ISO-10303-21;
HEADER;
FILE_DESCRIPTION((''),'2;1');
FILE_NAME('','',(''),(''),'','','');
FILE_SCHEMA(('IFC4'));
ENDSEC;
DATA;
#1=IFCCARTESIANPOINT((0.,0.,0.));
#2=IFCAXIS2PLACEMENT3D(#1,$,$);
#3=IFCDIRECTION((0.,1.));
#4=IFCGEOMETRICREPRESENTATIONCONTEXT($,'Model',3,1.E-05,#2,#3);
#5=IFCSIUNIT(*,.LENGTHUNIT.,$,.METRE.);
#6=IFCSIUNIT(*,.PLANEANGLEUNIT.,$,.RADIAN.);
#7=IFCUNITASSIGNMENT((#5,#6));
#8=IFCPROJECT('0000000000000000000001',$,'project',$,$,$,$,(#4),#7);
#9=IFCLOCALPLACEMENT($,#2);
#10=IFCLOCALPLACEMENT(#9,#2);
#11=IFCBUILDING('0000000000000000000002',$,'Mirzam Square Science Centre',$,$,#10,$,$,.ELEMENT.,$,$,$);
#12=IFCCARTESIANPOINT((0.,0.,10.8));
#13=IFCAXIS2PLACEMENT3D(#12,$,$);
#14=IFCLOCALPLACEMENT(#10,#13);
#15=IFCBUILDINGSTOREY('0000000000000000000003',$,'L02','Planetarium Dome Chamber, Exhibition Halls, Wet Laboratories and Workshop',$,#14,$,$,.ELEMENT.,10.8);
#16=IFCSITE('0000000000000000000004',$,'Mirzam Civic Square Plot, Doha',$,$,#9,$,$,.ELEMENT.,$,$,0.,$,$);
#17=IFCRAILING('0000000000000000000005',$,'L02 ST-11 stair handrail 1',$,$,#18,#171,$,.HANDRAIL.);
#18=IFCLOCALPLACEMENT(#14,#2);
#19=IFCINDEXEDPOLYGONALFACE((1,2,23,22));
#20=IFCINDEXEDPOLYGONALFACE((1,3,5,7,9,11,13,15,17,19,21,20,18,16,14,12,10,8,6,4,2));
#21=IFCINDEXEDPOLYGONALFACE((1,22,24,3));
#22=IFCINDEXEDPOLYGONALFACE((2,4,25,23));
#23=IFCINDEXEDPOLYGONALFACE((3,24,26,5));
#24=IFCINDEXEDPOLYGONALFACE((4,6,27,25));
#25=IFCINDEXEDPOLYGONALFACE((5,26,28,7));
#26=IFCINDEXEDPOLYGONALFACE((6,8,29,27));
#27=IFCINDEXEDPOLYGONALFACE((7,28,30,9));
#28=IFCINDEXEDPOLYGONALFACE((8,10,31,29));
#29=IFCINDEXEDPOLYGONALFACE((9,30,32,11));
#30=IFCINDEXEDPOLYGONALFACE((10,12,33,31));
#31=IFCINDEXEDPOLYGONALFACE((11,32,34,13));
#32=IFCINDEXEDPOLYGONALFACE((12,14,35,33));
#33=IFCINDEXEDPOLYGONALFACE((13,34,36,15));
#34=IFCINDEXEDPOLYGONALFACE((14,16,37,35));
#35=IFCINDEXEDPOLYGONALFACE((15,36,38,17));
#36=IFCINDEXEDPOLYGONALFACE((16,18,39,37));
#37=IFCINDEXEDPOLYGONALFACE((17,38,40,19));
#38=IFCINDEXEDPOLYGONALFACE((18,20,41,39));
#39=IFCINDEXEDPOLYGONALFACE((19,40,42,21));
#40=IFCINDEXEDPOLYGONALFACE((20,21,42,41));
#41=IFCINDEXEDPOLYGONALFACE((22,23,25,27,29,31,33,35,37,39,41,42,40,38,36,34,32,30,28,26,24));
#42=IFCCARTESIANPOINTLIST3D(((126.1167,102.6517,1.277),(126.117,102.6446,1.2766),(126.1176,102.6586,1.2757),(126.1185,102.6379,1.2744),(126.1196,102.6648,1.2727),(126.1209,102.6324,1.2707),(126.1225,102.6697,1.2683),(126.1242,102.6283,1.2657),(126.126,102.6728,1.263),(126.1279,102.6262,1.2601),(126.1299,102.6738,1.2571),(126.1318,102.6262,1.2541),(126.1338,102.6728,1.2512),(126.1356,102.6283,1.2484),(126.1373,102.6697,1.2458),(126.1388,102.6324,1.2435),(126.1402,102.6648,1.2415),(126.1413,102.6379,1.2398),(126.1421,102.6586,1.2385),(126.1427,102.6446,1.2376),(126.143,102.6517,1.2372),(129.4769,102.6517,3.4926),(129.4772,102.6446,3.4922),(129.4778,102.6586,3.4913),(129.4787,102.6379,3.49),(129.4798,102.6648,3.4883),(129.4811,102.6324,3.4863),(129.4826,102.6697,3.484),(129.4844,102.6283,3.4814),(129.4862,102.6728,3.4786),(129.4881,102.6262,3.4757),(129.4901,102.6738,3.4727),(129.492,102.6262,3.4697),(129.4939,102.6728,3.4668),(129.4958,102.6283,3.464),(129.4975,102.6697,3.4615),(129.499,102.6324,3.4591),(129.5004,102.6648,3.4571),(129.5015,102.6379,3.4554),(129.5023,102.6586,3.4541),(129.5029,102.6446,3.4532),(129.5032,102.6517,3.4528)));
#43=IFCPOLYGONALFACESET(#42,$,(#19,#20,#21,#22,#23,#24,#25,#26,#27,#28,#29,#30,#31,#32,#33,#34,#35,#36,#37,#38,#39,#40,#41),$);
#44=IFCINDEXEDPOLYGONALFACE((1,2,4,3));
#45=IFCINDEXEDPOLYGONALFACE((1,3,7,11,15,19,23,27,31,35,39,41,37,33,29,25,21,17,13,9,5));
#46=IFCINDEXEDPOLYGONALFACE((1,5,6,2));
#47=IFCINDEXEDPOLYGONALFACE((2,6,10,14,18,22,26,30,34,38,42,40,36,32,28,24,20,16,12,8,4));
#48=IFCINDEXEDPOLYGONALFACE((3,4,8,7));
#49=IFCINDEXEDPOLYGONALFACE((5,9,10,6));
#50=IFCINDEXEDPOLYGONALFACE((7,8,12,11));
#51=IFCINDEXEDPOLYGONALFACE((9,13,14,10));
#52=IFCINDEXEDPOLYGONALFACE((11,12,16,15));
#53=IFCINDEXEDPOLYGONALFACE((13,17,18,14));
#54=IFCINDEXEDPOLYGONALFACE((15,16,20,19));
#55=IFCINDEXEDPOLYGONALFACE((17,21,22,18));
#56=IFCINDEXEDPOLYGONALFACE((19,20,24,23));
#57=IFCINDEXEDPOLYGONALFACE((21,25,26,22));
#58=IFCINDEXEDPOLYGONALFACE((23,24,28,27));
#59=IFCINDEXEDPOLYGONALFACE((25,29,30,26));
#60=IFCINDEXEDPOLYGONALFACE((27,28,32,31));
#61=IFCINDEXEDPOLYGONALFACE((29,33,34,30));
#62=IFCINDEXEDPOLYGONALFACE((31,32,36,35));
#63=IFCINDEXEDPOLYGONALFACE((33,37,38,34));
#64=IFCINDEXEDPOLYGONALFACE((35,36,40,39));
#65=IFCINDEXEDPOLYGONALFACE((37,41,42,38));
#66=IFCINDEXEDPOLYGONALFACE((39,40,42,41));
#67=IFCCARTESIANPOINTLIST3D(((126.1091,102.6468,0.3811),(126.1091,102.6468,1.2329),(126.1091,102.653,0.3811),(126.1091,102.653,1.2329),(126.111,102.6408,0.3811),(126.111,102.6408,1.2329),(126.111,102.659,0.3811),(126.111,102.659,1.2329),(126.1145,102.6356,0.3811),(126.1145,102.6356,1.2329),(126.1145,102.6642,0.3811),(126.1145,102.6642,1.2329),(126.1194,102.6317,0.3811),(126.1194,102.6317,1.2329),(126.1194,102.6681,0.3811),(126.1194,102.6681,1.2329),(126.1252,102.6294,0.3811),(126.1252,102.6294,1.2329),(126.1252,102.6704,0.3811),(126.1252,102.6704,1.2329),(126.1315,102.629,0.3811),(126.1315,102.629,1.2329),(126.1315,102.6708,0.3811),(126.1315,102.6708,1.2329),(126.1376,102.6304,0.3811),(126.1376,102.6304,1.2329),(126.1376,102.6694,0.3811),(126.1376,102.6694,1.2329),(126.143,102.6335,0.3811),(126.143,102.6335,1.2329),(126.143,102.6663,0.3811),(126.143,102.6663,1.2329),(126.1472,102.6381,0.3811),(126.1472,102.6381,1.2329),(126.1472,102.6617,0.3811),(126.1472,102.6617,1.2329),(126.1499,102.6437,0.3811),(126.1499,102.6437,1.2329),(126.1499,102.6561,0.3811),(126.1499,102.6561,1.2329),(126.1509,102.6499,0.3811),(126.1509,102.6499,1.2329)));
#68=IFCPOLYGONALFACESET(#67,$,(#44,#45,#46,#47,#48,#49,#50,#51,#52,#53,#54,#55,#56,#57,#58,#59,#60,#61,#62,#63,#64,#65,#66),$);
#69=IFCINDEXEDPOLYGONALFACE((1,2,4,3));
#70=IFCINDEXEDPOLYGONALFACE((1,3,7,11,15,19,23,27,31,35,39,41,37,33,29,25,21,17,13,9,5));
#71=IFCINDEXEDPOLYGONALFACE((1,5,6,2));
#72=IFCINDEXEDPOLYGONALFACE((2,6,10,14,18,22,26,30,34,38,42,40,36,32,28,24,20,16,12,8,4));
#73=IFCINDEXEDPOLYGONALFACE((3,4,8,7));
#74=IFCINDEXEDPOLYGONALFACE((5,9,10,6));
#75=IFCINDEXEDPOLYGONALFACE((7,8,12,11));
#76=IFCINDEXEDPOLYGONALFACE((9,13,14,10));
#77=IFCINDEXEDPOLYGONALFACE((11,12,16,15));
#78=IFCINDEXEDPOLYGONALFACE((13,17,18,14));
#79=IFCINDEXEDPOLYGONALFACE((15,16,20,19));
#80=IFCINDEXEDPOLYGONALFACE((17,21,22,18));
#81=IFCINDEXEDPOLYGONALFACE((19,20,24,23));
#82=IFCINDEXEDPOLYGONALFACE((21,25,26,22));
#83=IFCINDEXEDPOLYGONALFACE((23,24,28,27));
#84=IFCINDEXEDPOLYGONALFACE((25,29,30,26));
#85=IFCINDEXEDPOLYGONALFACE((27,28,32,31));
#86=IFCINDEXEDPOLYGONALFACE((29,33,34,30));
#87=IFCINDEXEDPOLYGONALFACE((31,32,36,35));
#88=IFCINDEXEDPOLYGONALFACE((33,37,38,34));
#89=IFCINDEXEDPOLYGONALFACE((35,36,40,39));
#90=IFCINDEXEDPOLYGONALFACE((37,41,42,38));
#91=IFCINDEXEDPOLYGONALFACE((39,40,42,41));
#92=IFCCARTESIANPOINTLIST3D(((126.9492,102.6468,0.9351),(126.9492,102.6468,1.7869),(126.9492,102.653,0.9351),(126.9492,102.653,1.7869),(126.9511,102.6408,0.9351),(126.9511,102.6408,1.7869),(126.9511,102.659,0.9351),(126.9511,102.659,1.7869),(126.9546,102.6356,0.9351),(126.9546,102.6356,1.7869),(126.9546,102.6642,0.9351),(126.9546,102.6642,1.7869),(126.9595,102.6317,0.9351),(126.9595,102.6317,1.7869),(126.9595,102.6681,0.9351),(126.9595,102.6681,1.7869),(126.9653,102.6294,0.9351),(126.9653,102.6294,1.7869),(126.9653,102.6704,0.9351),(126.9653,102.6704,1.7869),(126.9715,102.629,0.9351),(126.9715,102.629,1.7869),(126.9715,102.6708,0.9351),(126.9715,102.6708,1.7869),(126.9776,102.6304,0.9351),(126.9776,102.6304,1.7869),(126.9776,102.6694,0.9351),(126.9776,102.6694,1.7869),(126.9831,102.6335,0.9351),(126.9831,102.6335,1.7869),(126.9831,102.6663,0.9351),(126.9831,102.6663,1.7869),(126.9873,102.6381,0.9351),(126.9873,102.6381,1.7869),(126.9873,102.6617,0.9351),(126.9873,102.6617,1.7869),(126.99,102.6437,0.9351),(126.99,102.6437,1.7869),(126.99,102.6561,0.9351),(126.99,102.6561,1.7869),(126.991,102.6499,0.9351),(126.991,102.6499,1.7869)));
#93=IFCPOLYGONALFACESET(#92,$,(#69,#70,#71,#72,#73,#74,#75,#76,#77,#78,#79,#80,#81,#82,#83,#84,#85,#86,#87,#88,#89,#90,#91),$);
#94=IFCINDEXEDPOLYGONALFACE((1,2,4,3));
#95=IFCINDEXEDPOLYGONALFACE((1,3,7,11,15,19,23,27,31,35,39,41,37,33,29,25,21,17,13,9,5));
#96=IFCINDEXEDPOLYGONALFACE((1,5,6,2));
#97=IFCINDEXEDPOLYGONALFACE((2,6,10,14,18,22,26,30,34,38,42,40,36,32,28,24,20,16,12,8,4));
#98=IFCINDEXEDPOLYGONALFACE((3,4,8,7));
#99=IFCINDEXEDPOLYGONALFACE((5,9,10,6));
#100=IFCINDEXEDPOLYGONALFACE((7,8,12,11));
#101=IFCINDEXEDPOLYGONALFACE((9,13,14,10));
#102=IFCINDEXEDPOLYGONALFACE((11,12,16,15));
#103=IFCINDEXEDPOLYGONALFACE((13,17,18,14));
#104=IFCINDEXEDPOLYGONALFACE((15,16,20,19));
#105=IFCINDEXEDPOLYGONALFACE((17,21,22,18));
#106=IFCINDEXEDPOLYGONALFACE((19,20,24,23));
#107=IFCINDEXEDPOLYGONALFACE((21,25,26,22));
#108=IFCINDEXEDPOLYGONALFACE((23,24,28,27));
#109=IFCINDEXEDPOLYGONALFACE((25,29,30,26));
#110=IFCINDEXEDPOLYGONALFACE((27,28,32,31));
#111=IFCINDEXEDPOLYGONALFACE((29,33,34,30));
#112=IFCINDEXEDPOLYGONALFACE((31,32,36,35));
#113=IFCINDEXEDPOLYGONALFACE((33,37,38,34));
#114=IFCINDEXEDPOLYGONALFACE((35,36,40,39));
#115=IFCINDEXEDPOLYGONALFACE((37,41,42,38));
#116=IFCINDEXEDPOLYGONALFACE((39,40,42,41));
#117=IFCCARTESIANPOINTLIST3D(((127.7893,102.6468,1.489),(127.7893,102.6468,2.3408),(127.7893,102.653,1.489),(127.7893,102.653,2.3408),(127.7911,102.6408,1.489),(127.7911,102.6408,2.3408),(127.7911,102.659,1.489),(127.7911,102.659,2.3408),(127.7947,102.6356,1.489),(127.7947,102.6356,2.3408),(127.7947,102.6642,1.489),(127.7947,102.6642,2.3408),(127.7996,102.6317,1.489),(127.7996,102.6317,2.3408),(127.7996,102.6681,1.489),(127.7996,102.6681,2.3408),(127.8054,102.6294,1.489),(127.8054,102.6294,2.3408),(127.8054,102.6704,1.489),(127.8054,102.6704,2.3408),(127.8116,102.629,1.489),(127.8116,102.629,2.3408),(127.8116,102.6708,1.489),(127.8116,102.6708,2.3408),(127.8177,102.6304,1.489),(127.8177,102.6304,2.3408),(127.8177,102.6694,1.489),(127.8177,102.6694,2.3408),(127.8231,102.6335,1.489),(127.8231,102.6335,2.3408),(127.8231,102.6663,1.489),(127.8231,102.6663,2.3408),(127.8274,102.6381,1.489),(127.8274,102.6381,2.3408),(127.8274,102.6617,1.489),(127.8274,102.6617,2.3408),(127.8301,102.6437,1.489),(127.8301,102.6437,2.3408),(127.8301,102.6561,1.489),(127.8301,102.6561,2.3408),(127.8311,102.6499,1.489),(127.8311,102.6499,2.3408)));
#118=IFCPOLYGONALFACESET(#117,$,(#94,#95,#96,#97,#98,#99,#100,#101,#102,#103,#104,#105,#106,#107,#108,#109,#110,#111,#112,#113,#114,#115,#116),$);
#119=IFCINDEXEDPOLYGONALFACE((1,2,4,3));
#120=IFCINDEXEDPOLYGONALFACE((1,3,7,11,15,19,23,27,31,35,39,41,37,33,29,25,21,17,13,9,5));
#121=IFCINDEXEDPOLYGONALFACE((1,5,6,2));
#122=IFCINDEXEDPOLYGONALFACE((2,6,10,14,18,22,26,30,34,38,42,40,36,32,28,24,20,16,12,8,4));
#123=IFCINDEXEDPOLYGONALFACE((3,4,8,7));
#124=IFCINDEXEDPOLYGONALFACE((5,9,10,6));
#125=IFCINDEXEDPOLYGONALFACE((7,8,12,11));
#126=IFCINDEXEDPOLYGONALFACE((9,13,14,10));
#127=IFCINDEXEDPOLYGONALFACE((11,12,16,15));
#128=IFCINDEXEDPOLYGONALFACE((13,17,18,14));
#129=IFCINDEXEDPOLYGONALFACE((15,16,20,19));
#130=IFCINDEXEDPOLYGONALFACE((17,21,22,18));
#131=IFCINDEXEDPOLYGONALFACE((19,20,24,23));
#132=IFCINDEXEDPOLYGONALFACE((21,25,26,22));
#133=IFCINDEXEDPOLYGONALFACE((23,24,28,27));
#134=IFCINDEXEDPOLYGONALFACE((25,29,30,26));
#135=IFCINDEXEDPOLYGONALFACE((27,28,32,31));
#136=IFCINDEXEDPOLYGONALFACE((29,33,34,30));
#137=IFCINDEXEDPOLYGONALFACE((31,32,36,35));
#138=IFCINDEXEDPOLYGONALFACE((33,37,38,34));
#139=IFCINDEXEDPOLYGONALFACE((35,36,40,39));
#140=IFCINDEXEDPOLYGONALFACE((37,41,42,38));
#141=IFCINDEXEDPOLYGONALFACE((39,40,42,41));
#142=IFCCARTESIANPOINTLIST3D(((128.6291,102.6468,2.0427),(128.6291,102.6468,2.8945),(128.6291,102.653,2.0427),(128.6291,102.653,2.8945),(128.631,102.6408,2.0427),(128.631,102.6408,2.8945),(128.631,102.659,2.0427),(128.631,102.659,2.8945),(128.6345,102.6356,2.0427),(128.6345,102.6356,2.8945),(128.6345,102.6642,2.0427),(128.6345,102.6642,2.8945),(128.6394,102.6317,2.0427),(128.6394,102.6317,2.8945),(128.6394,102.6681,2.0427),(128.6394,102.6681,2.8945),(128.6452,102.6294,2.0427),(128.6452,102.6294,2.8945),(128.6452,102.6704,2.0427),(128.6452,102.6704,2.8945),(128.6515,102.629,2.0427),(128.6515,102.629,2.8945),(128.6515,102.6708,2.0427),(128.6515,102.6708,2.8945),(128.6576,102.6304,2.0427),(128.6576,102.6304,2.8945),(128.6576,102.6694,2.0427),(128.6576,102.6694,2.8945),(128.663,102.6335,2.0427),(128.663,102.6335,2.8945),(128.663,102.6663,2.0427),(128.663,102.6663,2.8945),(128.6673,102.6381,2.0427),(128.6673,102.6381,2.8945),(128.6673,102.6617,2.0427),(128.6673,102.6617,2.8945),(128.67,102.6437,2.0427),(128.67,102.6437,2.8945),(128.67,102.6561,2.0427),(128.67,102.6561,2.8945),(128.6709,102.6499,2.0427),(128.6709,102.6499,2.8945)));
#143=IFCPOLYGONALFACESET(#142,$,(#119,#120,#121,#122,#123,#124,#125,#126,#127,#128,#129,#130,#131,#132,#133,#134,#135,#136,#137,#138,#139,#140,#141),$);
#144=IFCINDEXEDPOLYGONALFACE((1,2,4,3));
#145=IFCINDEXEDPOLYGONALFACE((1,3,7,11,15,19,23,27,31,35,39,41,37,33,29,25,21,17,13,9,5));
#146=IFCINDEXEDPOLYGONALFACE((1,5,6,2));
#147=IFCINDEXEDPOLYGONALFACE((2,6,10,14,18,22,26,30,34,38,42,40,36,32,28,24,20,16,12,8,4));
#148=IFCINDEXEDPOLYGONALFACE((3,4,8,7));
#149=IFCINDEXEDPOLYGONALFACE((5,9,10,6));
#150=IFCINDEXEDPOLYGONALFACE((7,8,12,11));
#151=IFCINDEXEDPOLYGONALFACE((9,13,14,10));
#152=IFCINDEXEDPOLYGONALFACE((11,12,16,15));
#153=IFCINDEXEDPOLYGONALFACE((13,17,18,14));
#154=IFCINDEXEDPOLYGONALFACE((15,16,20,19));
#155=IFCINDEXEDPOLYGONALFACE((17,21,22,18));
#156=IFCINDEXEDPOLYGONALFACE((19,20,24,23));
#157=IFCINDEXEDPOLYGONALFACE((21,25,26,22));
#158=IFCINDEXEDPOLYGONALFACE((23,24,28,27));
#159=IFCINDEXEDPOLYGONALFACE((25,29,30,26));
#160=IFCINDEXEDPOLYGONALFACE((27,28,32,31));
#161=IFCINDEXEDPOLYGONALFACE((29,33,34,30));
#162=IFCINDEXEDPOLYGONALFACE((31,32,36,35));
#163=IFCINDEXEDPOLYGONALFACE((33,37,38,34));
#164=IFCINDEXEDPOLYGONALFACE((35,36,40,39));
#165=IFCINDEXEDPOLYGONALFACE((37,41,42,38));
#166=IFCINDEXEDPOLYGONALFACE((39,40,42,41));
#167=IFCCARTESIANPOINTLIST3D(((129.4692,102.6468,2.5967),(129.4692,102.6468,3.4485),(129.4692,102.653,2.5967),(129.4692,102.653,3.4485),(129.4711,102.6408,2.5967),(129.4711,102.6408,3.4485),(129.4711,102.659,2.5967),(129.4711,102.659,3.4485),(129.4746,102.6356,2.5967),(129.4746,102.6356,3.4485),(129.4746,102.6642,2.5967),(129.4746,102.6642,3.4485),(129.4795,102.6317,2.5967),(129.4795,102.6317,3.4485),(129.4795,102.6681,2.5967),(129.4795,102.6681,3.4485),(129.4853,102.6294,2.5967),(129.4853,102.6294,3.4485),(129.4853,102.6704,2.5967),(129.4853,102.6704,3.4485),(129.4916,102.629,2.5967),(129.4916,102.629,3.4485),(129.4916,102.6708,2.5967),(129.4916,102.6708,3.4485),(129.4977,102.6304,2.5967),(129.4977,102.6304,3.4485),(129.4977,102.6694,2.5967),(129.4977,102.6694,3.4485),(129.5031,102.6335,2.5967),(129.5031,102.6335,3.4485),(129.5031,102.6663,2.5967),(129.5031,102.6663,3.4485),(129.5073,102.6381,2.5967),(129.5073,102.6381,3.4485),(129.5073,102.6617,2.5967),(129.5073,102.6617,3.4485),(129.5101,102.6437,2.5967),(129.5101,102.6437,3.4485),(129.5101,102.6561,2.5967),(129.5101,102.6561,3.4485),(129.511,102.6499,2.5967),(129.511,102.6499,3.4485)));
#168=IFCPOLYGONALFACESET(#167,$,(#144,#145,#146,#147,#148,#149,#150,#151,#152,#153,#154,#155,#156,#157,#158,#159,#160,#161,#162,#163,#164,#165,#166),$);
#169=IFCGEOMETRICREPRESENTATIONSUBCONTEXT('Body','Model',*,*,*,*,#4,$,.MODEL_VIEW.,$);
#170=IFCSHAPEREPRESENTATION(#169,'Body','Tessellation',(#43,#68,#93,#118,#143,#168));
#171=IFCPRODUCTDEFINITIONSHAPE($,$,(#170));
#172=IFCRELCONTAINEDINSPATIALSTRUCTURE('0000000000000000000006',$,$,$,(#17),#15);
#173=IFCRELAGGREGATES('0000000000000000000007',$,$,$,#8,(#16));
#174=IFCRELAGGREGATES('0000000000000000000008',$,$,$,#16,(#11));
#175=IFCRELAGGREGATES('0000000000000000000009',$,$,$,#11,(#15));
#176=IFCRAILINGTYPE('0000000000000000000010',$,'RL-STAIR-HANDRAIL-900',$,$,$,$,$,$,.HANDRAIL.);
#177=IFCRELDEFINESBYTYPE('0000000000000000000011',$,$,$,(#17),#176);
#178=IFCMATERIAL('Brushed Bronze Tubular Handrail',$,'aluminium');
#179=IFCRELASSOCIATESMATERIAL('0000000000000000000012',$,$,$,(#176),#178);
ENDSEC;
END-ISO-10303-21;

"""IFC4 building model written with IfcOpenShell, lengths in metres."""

from ifc_helpers import new_model, si_unit, direction, frame, origin, origin_2d, place, context, subcontext, project, spatial, circle, extrude, material, type_object, element, save


model = new_model("IFC4")

# Units and contexts
model_context = context("Model", 3, precision=1e-05, world=origin(), true_north=direction((0.0, 1.0)))
body_context = subcontext(model_context, "Body", "Model", "MODEL_VIEW")
ifc_project = project(units=[si_unit("LENGTHUNIT", "METRE"), si_unit("PLANEANGLEUNIT", "RADIAN")], contexts=[model_context])

# Site, building, storey
site_placement = place(None, origin())
site = spatial("IfcSite", under=ifc_project, at=site_placement, Name="Mirzam Civic Square Plot, Doha", CompositionType="ELEMENT", RefElevation=0.0)
building_placement = place(site_placement, origin())
building = spatial("IfcBuilding", under=site, at=building_placement, Name="Mirzam Square Science Centre", CompositionType="ELEMENT")
storey_placement = place(building_placement, frame((0.0, 0.0, 10.8)))
storey = spatial("IfcBuildingStorey", under=building, at=storey_placement, Name="L02", Description="Planetarium Dome Chamber, Exhibition Halls, Wet Laboratories and Workshop", CompositionType="ELEMENT", Elevation=10.8)

# Railing
ifc_material_1 = material(Name="Brushed Bronze Tubular Handrail", Category="aluminium")
railing_type = type_object("IfcRailingType", Name="RL-STAIR-HANDRAIL-900", PredefinedType="HANDRAIL", material=ifc_material_1)
railing_placement = place(storey_placement, frame((126.1299, 102.6499, 0.3811)))
element("IfcRailing", 1, at=railing_placement, inside=storey, type_object=railing_type, Name="L02 ST-11 stair handrail 1", PredefinedType="HANDRAIL", context=body_context, shape_type="SweptSolid", body=[
    extrude(circle(Radius=0.0239, at=origin_2d()), frame((0.0, 0.0, 0.876), z_axis=(0.834849, 0.0, 0.55048), x_axis=(0.0, 1.0, 0.0)), (0.0, 0.0, 1.0), 4.0249),
    extrude(circle(Radius=0.021, at=origin_2d()), origin(), (0.0, 0.0, 1.0), 0.8518),
    extrude(circle(Radius=0.021, at=origin_2d()), frame((0.8401, 0.0, 0.554)), (0.0, 0.0, 1.0), 0.8518),
    extrude(circle(Radius=0.021, at=origin_2d()), frame((1.6802, 0.0, 1.1079)), (0.0, 0.0, 1.0), 0.8518),
    extrude(circle(Radius=0.021, at=origin_2d()), frame((2.52, 0.0, 1.6616)), (0.0, 0.0, 1.0), 0.8518),
    extrude(circle(Radius=0.021, at=origin_2d()), frame((3.3601, 0.0, 2.2156)), (0.0, 0.0, 1.0), 0.8518),
])

save(model, "model.ifc")
